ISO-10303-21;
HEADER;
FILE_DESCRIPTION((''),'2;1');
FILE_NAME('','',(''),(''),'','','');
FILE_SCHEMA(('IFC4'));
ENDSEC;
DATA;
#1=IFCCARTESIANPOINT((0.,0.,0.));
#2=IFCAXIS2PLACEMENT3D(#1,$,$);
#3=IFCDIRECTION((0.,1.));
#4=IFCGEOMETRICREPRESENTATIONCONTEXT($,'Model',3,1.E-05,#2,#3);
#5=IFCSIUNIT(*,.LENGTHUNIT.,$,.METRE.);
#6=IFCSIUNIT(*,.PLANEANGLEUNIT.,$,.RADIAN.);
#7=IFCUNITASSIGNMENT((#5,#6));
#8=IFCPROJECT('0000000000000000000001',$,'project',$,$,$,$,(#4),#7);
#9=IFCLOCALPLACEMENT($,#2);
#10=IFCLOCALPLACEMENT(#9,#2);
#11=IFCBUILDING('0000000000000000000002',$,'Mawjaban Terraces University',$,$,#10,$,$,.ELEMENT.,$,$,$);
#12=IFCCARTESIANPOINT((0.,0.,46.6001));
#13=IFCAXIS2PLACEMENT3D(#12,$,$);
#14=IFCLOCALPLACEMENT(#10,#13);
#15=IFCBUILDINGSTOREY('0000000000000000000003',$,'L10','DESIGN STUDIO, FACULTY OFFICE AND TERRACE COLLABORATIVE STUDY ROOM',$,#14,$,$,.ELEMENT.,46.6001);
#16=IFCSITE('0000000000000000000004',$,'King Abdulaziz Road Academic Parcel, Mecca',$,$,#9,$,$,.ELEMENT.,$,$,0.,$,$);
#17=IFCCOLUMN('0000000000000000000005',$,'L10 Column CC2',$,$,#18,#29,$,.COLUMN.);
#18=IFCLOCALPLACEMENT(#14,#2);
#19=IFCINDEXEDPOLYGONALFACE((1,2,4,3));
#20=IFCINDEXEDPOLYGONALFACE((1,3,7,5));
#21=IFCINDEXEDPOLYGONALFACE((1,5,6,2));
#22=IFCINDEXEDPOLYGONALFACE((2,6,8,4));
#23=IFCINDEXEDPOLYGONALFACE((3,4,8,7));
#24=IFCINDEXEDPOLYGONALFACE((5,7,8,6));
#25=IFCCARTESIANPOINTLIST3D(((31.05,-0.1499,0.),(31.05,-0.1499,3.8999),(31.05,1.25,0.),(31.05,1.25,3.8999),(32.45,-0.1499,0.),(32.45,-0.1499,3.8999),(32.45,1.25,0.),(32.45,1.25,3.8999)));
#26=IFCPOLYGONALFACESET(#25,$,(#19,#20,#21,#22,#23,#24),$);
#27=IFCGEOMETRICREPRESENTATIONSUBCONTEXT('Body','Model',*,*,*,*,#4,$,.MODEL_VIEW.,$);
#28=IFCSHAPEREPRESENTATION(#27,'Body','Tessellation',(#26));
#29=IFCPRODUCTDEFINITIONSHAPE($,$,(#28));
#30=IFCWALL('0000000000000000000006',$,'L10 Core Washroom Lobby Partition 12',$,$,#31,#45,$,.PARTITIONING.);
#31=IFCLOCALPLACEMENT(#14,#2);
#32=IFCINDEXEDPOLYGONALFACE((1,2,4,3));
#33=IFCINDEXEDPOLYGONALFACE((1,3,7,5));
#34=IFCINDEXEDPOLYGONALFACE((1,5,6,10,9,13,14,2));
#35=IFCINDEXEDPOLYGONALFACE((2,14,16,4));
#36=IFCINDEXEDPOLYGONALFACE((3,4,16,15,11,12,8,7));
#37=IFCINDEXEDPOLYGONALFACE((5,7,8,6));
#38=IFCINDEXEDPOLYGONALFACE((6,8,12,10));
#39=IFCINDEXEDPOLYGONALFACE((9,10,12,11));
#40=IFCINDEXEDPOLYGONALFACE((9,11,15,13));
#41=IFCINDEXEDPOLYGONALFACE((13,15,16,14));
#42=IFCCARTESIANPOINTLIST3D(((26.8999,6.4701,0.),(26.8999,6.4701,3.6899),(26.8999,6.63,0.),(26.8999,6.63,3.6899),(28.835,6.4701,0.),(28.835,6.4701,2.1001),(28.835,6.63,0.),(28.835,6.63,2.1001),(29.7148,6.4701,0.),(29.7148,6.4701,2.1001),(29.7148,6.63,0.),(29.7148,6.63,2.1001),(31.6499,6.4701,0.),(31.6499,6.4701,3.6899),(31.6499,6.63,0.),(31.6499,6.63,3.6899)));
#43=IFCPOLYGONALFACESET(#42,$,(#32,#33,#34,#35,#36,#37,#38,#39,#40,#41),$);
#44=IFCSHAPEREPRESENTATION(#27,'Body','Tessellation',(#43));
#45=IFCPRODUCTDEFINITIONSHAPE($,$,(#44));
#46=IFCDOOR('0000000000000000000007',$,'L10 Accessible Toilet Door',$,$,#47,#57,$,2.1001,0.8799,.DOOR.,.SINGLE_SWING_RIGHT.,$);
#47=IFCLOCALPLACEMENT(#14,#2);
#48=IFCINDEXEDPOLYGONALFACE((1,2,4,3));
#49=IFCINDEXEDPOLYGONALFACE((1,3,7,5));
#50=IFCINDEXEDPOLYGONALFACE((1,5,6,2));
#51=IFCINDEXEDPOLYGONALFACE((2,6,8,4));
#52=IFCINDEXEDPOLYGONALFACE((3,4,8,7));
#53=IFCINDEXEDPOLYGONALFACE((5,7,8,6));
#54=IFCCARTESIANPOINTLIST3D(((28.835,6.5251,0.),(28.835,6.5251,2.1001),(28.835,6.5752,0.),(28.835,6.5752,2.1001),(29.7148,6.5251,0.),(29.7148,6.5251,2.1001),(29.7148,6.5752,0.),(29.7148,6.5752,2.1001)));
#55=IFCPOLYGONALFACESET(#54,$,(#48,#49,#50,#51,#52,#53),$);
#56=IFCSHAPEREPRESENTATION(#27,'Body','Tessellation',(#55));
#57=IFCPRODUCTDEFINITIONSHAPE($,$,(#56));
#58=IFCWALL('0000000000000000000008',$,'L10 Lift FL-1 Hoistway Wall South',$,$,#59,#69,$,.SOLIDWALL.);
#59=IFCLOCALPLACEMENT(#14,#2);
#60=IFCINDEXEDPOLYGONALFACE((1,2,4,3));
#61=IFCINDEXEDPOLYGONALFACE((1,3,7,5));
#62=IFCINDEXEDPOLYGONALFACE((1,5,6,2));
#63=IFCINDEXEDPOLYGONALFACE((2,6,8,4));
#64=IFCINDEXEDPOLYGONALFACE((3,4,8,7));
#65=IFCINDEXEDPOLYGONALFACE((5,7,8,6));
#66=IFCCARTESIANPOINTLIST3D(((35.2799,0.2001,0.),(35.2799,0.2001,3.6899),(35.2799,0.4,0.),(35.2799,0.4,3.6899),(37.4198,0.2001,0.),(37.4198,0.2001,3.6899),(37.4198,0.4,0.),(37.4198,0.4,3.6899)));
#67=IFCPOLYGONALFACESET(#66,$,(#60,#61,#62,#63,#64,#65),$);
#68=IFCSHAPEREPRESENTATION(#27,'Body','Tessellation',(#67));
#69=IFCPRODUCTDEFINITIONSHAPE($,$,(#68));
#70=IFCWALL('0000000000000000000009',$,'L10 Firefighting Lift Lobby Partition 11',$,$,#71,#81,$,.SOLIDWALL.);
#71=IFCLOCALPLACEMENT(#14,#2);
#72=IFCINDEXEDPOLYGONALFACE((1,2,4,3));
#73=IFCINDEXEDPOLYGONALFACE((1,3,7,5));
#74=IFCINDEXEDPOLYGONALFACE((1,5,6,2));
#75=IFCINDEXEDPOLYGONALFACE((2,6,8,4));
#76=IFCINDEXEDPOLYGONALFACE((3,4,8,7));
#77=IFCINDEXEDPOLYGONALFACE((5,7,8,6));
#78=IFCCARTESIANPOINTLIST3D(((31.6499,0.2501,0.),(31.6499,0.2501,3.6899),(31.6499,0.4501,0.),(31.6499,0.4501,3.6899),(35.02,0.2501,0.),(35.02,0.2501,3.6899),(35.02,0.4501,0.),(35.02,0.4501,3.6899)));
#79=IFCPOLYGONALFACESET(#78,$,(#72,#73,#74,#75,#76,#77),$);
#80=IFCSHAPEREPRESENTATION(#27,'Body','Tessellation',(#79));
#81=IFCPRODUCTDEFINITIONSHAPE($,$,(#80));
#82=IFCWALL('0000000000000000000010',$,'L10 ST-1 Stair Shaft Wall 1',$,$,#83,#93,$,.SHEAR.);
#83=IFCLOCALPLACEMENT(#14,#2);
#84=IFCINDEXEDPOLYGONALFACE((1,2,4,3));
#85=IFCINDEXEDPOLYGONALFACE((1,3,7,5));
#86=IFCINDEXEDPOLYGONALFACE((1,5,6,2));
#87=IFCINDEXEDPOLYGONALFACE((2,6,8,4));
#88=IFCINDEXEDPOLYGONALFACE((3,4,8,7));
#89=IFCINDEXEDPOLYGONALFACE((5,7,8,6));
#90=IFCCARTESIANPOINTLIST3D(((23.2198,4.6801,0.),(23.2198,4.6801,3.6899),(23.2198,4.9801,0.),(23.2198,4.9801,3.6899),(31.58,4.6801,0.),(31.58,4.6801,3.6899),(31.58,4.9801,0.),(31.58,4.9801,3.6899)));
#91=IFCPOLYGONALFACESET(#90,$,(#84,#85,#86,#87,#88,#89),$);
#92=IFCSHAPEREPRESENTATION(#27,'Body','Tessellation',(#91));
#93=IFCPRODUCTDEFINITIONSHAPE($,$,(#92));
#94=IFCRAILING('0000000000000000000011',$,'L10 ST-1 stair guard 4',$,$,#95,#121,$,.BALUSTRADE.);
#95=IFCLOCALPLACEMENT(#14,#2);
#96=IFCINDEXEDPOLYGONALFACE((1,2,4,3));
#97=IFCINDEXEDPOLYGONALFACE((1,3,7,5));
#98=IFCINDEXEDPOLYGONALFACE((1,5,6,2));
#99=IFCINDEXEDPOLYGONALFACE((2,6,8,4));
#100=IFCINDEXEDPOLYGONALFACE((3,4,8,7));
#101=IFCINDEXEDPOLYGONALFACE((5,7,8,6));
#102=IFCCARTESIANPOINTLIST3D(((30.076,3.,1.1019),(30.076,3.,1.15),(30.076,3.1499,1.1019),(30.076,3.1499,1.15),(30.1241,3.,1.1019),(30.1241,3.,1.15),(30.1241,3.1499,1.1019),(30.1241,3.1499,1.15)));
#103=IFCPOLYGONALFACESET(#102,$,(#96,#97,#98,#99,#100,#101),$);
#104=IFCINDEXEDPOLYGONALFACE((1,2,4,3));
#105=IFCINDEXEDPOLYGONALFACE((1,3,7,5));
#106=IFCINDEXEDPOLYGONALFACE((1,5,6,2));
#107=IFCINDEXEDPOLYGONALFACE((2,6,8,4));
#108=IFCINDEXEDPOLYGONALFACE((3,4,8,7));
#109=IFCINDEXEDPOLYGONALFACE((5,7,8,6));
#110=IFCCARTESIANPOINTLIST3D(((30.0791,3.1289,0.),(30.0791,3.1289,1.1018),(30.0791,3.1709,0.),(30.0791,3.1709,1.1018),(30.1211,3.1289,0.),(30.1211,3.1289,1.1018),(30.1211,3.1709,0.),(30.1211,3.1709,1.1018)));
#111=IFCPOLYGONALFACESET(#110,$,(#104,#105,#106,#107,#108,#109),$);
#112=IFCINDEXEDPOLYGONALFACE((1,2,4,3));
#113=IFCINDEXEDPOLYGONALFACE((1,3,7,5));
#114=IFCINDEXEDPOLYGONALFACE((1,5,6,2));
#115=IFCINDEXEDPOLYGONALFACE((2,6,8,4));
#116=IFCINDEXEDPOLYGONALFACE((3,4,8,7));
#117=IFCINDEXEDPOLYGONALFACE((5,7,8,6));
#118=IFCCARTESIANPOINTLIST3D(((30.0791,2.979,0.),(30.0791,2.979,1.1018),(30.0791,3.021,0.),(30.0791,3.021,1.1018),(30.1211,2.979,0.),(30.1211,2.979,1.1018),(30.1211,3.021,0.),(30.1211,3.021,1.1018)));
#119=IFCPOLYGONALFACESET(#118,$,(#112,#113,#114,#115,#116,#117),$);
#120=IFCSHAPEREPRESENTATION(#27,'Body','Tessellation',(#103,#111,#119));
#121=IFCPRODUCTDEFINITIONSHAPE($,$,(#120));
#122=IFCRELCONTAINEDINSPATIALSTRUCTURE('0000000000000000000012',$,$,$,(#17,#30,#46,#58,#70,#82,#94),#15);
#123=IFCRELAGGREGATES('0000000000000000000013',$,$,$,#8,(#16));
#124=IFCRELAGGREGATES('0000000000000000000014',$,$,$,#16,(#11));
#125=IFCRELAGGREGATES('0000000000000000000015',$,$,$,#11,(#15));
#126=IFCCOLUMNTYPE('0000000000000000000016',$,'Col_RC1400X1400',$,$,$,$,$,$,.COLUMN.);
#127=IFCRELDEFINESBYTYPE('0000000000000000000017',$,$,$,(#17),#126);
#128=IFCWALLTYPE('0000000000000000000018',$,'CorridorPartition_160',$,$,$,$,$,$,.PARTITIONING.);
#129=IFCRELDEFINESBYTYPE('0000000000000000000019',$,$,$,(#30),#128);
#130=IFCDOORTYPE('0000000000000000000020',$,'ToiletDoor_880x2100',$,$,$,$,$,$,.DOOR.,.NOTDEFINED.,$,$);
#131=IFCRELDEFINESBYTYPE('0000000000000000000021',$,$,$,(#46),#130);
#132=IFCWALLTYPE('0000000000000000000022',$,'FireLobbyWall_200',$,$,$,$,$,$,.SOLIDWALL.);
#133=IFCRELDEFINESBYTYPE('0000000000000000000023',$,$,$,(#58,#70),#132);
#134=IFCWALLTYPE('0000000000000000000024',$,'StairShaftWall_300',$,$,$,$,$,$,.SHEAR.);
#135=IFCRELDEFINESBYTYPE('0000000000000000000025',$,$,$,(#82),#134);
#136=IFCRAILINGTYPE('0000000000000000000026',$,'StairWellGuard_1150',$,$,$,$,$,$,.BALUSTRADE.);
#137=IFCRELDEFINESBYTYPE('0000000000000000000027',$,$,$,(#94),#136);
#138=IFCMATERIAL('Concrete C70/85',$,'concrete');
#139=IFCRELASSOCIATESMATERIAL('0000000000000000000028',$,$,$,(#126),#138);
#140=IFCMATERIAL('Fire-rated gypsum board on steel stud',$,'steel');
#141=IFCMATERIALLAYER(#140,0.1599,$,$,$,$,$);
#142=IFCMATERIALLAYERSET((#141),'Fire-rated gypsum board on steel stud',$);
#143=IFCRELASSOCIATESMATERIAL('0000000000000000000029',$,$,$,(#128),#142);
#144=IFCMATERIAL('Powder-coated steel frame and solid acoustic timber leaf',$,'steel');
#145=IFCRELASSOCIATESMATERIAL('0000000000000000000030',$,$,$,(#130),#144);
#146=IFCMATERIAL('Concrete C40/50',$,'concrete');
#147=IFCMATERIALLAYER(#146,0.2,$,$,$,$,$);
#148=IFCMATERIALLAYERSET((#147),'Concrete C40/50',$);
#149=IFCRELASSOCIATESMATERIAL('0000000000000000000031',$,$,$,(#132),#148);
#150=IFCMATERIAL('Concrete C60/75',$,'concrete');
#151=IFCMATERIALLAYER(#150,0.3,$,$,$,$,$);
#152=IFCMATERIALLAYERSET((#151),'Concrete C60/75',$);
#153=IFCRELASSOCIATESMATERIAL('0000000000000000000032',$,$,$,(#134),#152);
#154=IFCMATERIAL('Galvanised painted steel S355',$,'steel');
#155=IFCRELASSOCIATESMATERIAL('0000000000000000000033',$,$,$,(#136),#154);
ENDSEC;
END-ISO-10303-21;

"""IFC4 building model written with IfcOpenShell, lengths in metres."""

from ifc_helpers import new_model, si_unit, direction, frame, frame_2d, origin, origin_2d, place, context, subcontext, project, spatial, rectangle, extrude, material, layer, layer_set, material_profile, profile_set, type_object, element, fill, save


model = new_model("IFC4")

# Units and contexts
model_context = context("Model", 3, precision=1e-05, world=origin(), true_north=direction((0.0, 1.0)))
body_context = subcontext(model_context, "Body", "Model", "MODEL_VIEW")
ifc_project = project(units=[si_unit("LENGTHUNIT", "METRE"), si_unit("PLANEANGLEUNIT", "RADIAN")], contexts=[model_context])

# Site, building, storey
site_placement = place(None, origin())
site = spatial("IfcSite", under=ifc_project, at=site_placement, Name="King Abdulaziz Road Academic Parcel, Mecca", CompositionType="ELEMENT", RefElevation=0.0)
building_placement = place(site_placement, origin())
building = spatial("IfcBuilding", under=site, at=building_placement, Name="Mawjaban Terraces University", CompositionType="ELEMENT")
storey_placement = place(building_placement, frame((0.0, 0.0, 46.6001)))
storey = spatial("IfcBuildingStorey", under=building, at=storey_placement, Name="L10", Description="DESIGN STUDIO, FACULTY OFFICE AND TERRACE COLLABORATIVE STUDY ROOM", CompositionType="ELEMENT", Elevation=46.6001)

# Column
ifc_material_1 = material(Name="Concrete C70/85", Category="concrete")
ifc_material_profile = material_profile(ifc_material_1, rectangle(XDim=1.3999, YDim=1.3999, at=origin_2d()), Name="RC1400X1400")
ifc_profile_set = profile_set([ifc_material_profile], Name="Concrete C70/85")
column_type = type_object("IfcColumnType", Name="Col_RC1400X1400", PredefinedType="COLUMN", material=ifc_profile_set)
column_placement = place(storey_placement, frame((31.75, 0.55, 0.0), z_axis=(0.0, 0.0, 1.0), x_axis=(1.0, 0.0, 0.0)))
element("IfcColumn", 1, at=column_placement, inside=storey, type_object=column_type, Name="L10 Column CC2", PredefinedType="COLUMN", context=body_context, shape_type="SweptSolid", body=[
    extrude(rectangle(XDim=1.3999, YDim=1.3999, at=origin_2d()), origin(), (0.0, 0.0, 1.0), 3.8999),
])

# Wall, opening, door
ifc_material_2 = material(Name="Fire-rated gypsum board on steel stud", Category="steel")
ifc_layer_1 = layer(ifc_material_2, 0.1599)
ifc_layer_set_1 = layer_set([ifc_layer_1], Name="Fire-rated gypsum board on steel stud")
wall_type_1 = type_object("IfcWallType", Name="CorridorPartition_160", PredefinedType="PARTITIONING", material=ifc_layer_set_1)
wall_1_placement = place(storey_placement, frame((31.6499, 6.55, 0.0), z_axis=(0.0, 0.0, 1.0), x_axis=(-1.0, 0.0, 0.0)))
wall_1 = element("IfcWall", 2, at=wall_1_placement, inside=storey, type_object=wall_type_1, Name="L10 Core Washroom Lobby Partition 12", PredefinedType="PARTITIONING", context=body_context, shape_type="SweptSolid", body=[
    extrude(rectangle(XDim=4.75, YDim=0.1599, at=frame_2d((2.375, 0.0))), origin(), (0.0, 0.0, 1.0), 3.6899),
])
opening_1_placement = place(wall_1_placement, frame((1.9351, 0.0, 0.0)))
opening_1 = element("IfcOpeningElement", 3, at=opening_1_placement, cuts=wall_1, PredefinedType="OPENING", context=body_context, shape_type="SweptSolid", body=[
    extrude(rectangle(XDim=0.8799, YDim=2.1001, at=frame_2d((0.4399, 1.05))), frame((0.0, 0.0898, 0.0), z_axis=(0.0, -1.0, 0.0), x_axis=(1.0, 0.0, 0.0)), (0.0, 0.0, 1.0), 0.1799),
])
ifc_material_3 = material(Name="Powder-coated steel frame and solid acoustic timber leaf", Category="steel")
door_type_1 = type_object("IfcDoorType", Name="ToiletDoor_880x2100", OperationType="NOTDEFINED", PredefinedType="DOOR", material=ifc_material_3)
door_1_placement = place(opening_1_placement, origin())
door_1 = element("IfcDoor", 4, at=door_1_placement, inside=storey, type_object=door_type_1, Name="L10 Accessible Toilet Door", OperationType="SINGLE_SWING_RIGHT", OverallHeight=2.1001, OverallWidth=0.8799, PredefinedType="DOOR", context=body_context, shape_type="SweptSolid", body=[
    extrude(rectangle(XDim=0.8799, YDim=2.1001, at=frame_2d((0.4399, 1.05))), frame((0.0, 0.0249, 0.0), z_axis=(0.0, -1.0, 0.0), x_axis=(1.0, 0.0, 0.0)), (0.0, 0.0, 1.0), 0.05),
])
fill(opening_1, door_1)
ifc_material_4 = material(Name="Concrete C40/50", Category="concrete")
ifc_layer_2 = layer(ifc_material_4, 0.2)
ifc_layer_set_2 = layer_set([ifc_layer_2], Name="Concrete C40/50")
wall_type_2 = type_object("IfcWallType", Name="FireLobbyWall_200", PredefinedType="SOLIDWALL", material=ifc_layer_set_2)

# Wall
wall_2_placement = place(storey_placement, frame((35.28, 0.3, 0.0), z_axis=(0.0, 0.0, 1.0), x_axis=(1.0, 0.0, 0.0)))
element("IfcWall", 5, at=wall_2_placement, inside=storey, type_object=wall_type_2, Name="L10 Lift FL-1 Hoistway Wall South", PredefinedType="SOLIDWALL", context=body_context, shape_type="SweptSolid", body=[
    extrude(rectangle(XDim=2.1399, YDim=0.2, at=frame_2d((1.0698, 0.0))), origin(), (0.0, 0.0, 1.0), 3.6899),
])

# Wall
wall_3_placement = place(storey_placement, frame((31.6499, 0.3501, 0.0), z_axis=(0.0, 0.0, 1.0), x_axis=(1.0, 0.0, 0.0)))
element("IfcWall", 6, at=wall_3_placement, inside=storey, type_object=wall_type_2, Name="L10 Firefighting Lift Lobby Partition 11", PredefinedType="SOLIDWALL", context=body_context, shape_type="SweptSolid", body=[
    extrude(rectangle(XDim=3.3701, YDim=0.2, at=frame_2d((1.6851, 0.0))), origin(), (0.0, 0.0, 1.0), 3.6899),
])

# Wall
ifc_material_5 = material(Name="Concrete C60/75", Category="concrete")
ifc_layer_3 = layer(ifc_material_5, 0.3)
ifc_layer_set_3 = layer_set([ifc_layer_3], Name="Concrete C60/75")
wall_type_3 = type_object("IfcWallType", Name="StairShaftWall_300", PredefinedType="SHEAR", material=ifc_layer_set_3)
wall_4_placement = place(storey_placement, frame((31.5801, 4.8301, 0.0), z_axis=(0.0, 0.0, 1.0), x_axis=(-1.0, 0.0, 0.0)))
element("IfcWall", 7, at=wall_4_placement, inside=storey, type_object=wall_type_3, Name="L10 ST-1 Stair Shaft Wall 1", PredefinedType="SHEAR", context=body_context, shape_type="SweptSolid", body=[
    extrude(rectangle(XDim=8.3601, YDim=0.3, at=frame_2d((4.1802, 0.0))), origin(), (0.0, 0.0, 1.0), 3.6899),
])

# Railing
ifc_material_6 = material(Name="Galvanised painted steel S355", Category="steel")
railing_type = type_object("IfcRailingType", Name="StairWellGuard_1150", PredefinedType="BALUSTRADE", material=ifc_material_6)
railing_placement = place(storey_placement, frame((30.1001, 3.1499, 0.0)))
element("IfcRailing", 8, at=railing_placement, inside=storey, type_object=railing_type, Name="L10 ST-1 stair guard 4", PredefinedType="BALUSTRADE", context=body_context, shape_type="SweptSolid", body=[
    extrude(rectangle(XDim=0.0481, YDim=0.0481, at=origin_2d()), frame((0.0, 0.0, 1.126), z_axis=(0.0, -1.0, 0.0), x_axis=(1.0, 0.0, 0.0)), (0.0, 0.0, 1.0), 0.1499),
    extrude(rectangle(XDim=0.042, YDim=0.042, at=origin_2d()), origin(), (0.0, 0.0, 1.0), 1.1018),
    extrude(rectangle(XDim=0.042, YDim=0.042, at=origin_2d()), frame((0.0, -0.1499, 0.0)), (0.0, 0.0, 1.0), 1.1018),
])

save(model, "model.ifc")
